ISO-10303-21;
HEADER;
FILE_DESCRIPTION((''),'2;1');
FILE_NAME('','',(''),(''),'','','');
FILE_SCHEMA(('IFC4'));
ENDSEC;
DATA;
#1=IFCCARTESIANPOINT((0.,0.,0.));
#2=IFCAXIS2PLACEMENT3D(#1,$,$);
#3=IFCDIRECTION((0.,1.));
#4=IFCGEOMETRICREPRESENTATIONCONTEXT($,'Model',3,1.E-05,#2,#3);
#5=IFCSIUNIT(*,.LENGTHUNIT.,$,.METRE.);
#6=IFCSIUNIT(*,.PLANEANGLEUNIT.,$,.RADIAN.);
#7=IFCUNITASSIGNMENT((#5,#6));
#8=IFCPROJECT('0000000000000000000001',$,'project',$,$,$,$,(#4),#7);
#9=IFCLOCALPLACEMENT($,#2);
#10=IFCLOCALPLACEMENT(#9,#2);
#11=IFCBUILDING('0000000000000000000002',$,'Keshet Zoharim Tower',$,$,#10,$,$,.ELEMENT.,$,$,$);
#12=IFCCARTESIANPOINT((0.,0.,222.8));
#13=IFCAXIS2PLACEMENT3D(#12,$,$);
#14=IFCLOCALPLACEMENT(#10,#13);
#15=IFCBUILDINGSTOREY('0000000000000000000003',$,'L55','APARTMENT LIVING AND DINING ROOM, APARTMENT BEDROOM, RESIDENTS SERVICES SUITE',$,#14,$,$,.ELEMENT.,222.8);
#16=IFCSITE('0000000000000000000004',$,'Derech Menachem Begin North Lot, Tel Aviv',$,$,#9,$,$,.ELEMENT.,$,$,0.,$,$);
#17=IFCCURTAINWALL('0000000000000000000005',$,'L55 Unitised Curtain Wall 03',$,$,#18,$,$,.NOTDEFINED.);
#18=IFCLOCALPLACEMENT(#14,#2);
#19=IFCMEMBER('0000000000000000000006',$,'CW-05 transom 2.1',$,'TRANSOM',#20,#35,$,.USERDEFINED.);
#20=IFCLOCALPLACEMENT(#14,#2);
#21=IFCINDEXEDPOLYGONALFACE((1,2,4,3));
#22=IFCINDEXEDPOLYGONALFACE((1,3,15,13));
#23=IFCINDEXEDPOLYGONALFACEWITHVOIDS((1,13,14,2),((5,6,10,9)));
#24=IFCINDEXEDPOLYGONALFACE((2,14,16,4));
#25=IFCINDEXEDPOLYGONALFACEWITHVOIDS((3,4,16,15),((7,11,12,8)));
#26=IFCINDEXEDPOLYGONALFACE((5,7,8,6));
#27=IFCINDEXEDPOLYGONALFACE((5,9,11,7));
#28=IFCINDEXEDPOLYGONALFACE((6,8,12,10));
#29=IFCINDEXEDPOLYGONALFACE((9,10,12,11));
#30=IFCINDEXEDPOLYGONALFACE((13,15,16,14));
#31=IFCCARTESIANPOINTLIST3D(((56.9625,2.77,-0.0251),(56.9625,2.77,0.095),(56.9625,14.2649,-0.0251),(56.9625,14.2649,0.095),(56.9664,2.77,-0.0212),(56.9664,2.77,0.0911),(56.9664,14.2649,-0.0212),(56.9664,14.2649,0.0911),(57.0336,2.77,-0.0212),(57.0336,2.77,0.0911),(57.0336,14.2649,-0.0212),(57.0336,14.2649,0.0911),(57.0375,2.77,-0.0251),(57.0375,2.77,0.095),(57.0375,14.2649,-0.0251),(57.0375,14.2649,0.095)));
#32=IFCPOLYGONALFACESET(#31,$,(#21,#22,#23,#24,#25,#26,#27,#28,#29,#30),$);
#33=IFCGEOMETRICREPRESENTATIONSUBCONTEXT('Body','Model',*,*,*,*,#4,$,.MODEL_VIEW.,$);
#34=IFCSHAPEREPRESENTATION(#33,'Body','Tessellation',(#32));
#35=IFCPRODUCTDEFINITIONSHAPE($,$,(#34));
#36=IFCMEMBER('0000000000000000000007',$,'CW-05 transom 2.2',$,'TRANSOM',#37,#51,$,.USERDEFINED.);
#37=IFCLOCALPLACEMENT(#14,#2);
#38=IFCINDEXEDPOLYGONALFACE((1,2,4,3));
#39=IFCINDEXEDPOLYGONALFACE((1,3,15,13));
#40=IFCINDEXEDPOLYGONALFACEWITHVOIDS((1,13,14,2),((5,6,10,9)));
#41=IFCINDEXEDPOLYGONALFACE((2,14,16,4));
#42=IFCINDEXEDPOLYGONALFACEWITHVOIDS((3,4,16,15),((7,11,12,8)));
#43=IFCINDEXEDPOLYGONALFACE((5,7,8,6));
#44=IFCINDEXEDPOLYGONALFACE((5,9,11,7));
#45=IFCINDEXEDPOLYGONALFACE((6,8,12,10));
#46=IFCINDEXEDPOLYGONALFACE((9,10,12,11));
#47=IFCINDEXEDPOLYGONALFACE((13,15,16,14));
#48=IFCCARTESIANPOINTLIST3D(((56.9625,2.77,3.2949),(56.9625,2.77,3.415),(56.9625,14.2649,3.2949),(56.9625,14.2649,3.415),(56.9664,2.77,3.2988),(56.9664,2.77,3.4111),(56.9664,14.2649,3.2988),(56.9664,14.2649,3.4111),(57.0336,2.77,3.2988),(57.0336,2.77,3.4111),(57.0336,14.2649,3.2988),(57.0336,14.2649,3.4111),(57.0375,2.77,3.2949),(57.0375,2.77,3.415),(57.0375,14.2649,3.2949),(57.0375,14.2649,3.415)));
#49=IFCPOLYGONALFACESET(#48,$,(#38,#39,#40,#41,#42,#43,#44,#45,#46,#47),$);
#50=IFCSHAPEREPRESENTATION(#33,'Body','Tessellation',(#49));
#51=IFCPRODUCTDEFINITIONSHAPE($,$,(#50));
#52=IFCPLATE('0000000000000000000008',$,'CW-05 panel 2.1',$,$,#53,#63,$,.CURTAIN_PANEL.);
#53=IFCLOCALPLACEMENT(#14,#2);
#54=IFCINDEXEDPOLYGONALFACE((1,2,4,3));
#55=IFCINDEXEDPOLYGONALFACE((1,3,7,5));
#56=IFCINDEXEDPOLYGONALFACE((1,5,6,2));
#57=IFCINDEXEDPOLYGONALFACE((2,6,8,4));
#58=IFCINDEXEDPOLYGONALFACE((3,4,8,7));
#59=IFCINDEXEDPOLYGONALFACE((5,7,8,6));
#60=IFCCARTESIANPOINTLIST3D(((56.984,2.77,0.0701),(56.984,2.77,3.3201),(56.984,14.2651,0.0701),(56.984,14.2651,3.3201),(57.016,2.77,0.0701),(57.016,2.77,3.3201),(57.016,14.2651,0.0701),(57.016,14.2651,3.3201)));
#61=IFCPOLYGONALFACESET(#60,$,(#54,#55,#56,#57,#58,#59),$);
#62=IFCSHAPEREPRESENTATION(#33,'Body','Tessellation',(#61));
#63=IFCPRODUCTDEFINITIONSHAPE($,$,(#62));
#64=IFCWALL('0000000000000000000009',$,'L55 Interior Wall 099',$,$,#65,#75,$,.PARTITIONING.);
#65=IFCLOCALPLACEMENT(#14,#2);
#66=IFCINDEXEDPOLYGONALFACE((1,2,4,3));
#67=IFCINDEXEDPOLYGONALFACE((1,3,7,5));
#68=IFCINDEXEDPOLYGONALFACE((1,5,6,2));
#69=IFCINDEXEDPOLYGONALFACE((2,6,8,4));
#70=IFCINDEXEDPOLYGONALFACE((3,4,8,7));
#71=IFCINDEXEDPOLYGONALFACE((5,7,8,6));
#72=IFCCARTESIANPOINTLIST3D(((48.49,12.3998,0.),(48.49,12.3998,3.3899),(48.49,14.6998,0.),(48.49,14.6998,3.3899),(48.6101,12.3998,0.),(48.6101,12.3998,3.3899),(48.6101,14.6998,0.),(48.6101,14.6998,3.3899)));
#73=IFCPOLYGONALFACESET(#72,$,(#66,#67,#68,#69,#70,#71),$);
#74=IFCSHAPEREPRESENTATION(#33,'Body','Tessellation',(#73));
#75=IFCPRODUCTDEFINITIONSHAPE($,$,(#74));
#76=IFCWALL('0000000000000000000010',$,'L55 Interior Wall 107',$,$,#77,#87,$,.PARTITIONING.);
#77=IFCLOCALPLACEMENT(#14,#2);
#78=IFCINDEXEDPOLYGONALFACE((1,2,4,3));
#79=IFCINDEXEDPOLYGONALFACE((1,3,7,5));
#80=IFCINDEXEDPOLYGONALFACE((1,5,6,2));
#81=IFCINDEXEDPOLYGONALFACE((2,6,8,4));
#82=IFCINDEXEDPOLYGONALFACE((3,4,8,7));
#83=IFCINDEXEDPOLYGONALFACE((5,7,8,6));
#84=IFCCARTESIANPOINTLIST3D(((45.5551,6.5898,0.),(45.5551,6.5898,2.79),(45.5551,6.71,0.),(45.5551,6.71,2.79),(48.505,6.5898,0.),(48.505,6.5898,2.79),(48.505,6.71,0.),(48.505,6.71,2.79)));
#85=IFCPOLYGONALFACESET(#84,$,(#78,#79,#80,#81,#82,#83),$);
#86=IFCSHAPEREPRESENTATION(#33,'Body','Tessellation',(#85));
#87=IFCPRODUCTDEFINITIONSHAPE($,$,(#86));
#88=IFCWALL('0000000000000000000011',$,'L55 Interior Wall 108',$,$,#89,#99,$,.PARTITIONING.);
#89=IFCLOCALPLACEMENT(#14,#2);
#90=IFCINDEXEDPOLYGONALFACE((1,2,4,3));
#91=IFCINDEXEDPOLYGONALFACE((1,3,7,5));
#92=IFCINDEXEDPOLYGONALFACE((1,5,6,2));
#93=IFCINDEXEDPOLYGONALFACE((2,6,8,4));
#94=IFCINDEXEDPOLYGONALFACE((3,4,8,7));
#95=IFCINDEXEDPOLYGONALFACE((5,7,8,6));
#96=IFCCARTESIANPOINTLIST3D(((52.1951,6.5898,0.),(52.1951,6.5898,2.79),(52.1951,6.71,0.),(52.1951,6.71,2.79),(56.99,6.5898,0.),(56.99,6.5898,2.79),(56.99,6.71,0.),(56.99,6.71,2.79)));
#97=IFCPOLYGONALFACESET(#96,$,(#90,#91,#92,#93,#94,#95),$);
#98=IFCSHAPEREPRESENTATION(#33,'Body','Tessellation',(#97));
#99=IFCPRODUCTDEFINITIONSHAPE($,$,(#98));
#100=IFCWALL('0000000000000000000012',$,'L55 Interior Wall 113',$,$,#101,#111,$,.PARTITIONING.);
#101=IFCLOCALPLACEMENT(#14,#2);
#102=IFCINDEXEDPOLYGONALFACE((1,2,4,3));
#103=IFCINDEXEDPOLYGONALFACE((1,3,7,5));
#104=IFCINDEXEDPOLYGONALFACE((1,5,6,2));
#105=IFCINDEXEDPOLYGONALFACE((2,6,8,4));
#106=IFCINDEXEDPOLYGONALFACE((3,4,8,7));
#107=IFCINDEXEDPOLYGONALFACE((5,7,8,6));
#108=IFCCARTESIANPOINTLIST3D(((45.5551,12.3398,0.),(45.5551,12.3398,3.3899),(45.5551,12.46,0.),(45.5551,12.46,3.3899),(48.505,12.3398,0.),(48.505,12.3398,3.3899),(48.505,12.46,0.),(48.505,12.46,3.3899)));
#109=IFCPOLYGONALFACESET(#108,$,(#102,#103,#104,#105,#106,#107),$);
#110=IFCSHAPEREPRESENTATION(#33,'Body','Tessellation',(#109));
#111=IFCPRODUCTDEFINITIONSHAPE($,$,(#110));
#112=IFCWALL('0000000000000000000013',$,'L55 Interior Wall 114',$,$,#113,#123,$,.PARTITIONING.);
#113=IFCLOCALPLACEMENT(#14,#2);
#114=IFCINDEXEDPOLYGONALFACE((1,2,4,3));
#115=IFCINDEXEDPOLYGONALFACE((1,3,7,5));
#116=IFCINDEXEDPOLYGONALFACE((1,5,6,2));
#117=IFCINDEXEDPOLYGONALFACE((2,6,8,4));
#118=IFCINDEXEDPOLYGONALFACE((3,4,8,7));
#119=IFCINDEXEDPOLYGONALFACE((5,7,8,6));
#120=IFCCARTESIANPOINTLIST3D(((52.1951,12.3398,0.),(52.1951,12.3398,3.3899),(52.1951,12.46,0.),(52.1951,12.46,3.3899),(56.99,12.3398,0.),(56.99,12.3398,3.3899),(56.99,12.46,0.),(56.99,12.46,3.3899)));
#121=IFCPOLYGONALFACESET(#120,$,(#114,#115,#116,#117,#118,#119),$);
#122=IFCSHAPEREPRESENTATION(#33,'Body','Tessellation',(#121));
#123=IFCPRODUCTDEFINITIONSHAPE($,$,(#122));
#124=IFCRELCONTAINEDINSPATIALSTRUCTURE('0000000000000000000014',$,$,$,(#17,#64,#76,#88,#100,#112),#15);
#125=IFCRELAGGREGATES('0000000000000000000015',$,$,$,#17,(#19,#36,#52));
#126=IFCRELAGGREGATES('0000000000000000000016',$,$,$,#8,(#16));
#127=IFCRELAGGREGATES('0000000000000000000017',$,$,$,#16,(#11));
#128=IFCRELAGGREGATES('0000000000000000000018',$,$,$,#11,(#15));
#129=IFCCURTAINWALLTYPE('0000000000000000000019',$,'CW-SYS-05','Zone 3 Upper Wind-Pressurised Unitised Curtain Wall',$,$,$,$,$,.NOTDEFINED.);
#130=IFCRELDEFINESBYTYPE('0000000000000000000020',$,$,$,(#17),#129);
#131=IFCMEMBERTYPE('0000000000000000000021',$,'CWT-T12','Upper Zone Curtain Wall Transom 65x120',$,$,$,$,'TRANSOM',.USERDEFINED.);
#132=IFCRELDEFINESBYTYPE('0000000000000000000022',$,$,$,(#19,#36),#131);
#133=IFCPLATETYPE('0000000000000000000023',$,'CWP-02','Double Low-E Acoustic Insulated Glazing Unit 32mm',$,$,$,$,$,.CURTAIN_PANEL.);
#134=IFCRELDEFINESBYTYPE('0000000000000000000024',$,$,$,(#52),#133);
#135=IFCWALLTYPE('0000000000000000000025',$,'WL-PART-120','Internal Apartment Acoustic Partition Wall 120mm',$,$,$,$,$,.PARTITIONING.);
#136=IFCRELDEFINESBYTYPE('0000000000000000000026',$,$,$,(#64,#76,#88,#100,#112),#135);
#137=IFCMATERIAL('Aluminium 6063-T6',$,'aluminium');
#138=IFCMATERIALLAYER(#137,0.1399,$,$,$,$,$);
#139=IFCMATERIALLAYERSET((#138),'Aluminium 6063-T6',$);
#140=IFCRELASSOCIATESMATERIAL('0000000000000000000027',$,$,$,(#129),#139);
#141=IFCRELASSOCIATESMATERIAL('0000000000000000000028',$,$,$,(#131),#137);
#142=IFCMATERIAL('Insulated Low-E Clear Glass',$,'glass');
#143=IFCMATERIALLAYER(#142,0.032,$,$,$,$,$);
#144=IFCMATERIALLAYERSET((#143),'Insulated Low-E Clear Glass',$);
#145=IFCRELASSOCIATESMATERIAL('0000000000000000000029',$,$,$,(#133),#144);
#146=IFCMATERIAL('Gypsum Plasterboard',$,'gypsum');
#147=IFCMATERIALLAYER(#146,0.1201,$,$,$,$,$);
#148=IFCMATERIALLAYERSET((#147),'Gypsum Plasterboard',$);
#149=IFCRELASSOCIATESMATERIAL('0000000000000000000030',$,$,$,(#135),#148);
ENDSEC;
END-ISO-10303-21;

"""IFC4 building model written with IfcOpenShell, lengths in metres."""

from ifc_helpers import new_model, si_unit, direction, frame, frame_2d, origin, origin_2d, place, context, subcontext, project, spatial, rectangle, hollow_rectangle, extrude, material, layer, layer_set, material_profile, profile_set, type_object, element, aggregate, save


model = new_model("IFC4")

# Units and contexts
model_context = context("Model", 3, precision=1e-05, world=origin(), true_north=direction((0.0, 1.0)))
body_context = subcontext(model_context, "Body", "Model", "MODEL_VIEW")
ifc_project = project(units=[si_unit("LENGTHUNIT", "METRE"), si_unit("PLANEANGLEUNIT", "RADIAN")], contexts=[model_context])

# Site, building, storey
site_placement = place(None, origin())
site = spatial("IfcSite", under=ifc_project, at=site_placement, Name="Derech Menachem Begin North Lot, Tel Aviv", CompositionType="ELEMENT", RefElevation=0.0)
building_placement = place(site_placement, origin())
building = spatial("IfcBuilding", under=site, at=building_placement, Name="Keshet Zoharim Tower", CompositionType="ELEMENT")
storey_placement = place(building_placement, frame((0.0, 0.0, 222.8)))
storey = spatial("IfcBuildingStorey", under=building, at=storey_placement, Name="L55", Description="APARTMENT LIVING AND DINING ROOM, APARTMENT BEDROOM, RESIDENTS SERVICES SUITE", CompositionType="ELEMENT", Elevation=222.8)

# Curtain wall, members, plate
ifc_material_1 = material(Name="Aluminium 6063-T6", Category="aluminium")
ifc_layer_1 = layer(ifc_material_1, 0.1399)
ifc_layer_set_1 = layer_set([ifc_layer_1], Name="Aluminium 6063-T6")
curtain_wall_type = type_object("IfcCurtainWallType", Name="CW-SYS-05", Description="Zone 3 Upper Wind-Pressurised Unitised Curtain Wall", PredefinedType="NOTDEFINED", material=ifc_layer_set_1)
curtain_wall_placement = place(storey_placement, origin())
curtain_wall = element("IfcCurtainWall", 1, at=curtain_wall_placement, inside=storey, type_object=curtain_wall_type, Name="L55 Unitised Curtain Wall 03", PredefinedType="NOTDEFINED")
ifc_material_profile_1 = material_profile(ifc_material_1, hollow_rectangle(XDim=0.075, YDim=0.1201, WallThickness=0.0039, at=origin_2d()), Name="TRN-75x120")
ifc_profile_set_1 = profile_set([ifc_material_profile_1], Name="Aluminium 6063-T6")
member_type = type_object("IfcMemberType", Name="CWT-T12", Description="Upper Zone Curtain Wall Transom 65x120", ElementType="TRANSOM", PredefinedType="USERDEFINED", material=ifc_profile_set_1)
member_1_placement = place(storey_placement, frame((57.0, 14.2649, 0.0349), z_axis=(0.0, -1.0, 0.0), x_axis=(1.0, 0.0, 0.0)))
member_1 = element("IfcMember", 2, at=member_1_placement, type_object=member_type, Name="CW-05 transom 2.1", ObjectType="TRANSOM", PredefinedType="USERDEFINED", context=body_context, shape_type="SweptSolid", body=[
    extrude(hollow_rectangle(XDim=0.075, YDim=0.1201, WallThickness=0.0039, at=origin_2d()), origin(), (0.0, 0.0, 1.0), 11.4949),
])
member_2_placement = place(storey_placement, frame((57.0, 14.2649, 3.355), z_axis=(0.0, -1.0, 0.0), x_axis=(1.0, 0.0, 0.0)))
member_2 = element("IfcMember", 3, at=member_2_placement, type_object=member_type, Name="CW-05 transom 2.2", ObjectType="TRANSOM", PredefinedType="USERDEFINED", context=body_context, shape_type="SweptSolid", body=[
    extrude(hollow_rectangle(XDim=0.075, YDim=0.1201, WallThickness=0.0039, at=origin_2d()), origin(), (0.0, 0.0, 1.0), 11.4949),
])
ifc_material_2 = material(Name="Insulated Low-E Clear Glass", Category="glass")
ifc_layer_2 = layer(ifc_material_2, 0.032)
ifc_layer_set_2 = layer_set([ifc_layer_2], Name="Insulated Low-E Clear Glass")
plate_type = type_object("IfcPlateType", Name="CWP-02", Description="Double Low-E Acoustic Insulated Glazing Unit 32mm", PredefinedType="CURTAIN_PANEL", material=ifc_layer_set_2)
plate_placement = place(storey_placement, frame((57.0, 8.5176, 0.0701), z_axis=(0.0, 0.0, 1.0), x_axis=(0.0, -1.0, 0.0)))
plate = element("IfcPlate", 4, at=plate_placement, type_object=plate_type, Name="CW-05 panel 2.1", PredefinedType="CURTAIN_PANEL", context=body_context, shape_type="SweptSolid", body=[
    extrude(rectangle(XDim=11.4951, YDim=0.032, at=origin_2d()), origin(), (0.0, 0.0, 1.0), 3.25),
])
aggregate(curtain_wall, [member_1, member_2, plate])

# Shared definitions
ifc_material_3 = material(Name="Gypsum Plasterboard", Category="gypsum")
ifc_layer_3 = layer(ifc_material_3, 0.1201)
ifc_layer_set_3 = layer_set([ifc_layer_3], Name="Gypsum Plasterboard")
wall_type = type_object("IfcWallType", Name="WL-PART-120", Description="Internal Apartment Acoustic Partition Wall 120mm", PredefinedType="PARTITIONING", material=ifc_layer_set_3)

# Wall
wall_1_placement = place(storey_placement, frame((48.55, 12.3999, 0.0), z_axis=(0.0, 0.0, 1.0), x_axis=(0.0, 1.0, 0.0)))
element("IfcWall", 5, at=wall_1_placement, inside=storey, type_object=wall_type, Name="L55 Interior Wall 099", PredefinedType="PARTITIONING", context=body_context, shape_type="SweptSolid", body=[
    extrude(rectangle(XDim=2.3, YDim=0.1201, at=frame_2d((1.1499, 0.0))), origin(), (0.0, 0.0, 1.0), 3.3899),
])

# Walls
wall_2_placement = place(storey_placement, frame((45.5549, 6.6499, 0.0), z_axis=(0.0, 0.0, 1.0), x_axis=(1.0, 0.0, 0.0)))
element("IfcWall", 6, at=wall_2_placement, inside=storey, type_object=wall_type, Name="L55 Interior Wall 107", PredefinedType="PARTITIONING", context=body_context, shape_type="SweptSolid", body=[
    extrude(rectangle(XDim=2.95, YDim=0.1201, at=frame_2d((1.4751, 0.0))), origin(), (0.0, 0.0, 1.0), 2.79),
])
wall_3_placement = place(storey_placement, frame((52.1951, 6.6499, 0.0), z_axis=(0.0, 0.0, 1.0), x_axis=(1.0, 0.0, 0.0)))
element("IfcWall", 7, at=wall_3_placement, inside=storey, type_object=wall_type, Name="L55 Interior Wall 108", PredefinedType="PARTITIONING", context=body_context, shape_type="SweptSolid", body=[
    extrude(rectangle(XDim=4.7949, YDim=0.1201, at=frame_2d((2.3975, 0.0))), origin(), (0.0, 0.0, 1.0), 2.79),
])
wall_4_placement = place(storey_placement, frame((45.5549, 12.3999, 0.0), z_axis=(0.0, 0.0, 1.0), x_axis=(1.0, 0.0, 0.0)))
element("IfcWall", 8, at=wall_4_placement, inside=storey, type_object=wall_type, Name="L55 Interior Wall 113", PredefinedType="PARTITIONING", context=body_context, shape_type="SweptSolid", body=[
    extrude(rectangle(XDim=2.95, YDim=0.1201, at=frame_2d((1.4751, 0.0))), origin(), (0.0, 0.0, 1.0), 3.3899),
])
wall_5_placement = place(storey_placement, frame((52.1951, 12.3999, 0.0), z_axis=(0.0, 0.0, 1.0), x_axis=(1.0, 0.0, 0.0)))
element("IfcWall", 9, at=wall_5_placement, inside=storey, type_object=wall_type, Name="L55 Interior Wall 114", PredefinedType="PARTITIONING", context=body_context, shape_type="SweptSolid", body=[
    extrude(rectangle(XDim=4.7949, YDim=0.1201, at=frame_2d((2.3975, 0.0))), origin(), (0.0, 0.0, 1.0), 3.3899),
])

save(model, "model.ifc")
